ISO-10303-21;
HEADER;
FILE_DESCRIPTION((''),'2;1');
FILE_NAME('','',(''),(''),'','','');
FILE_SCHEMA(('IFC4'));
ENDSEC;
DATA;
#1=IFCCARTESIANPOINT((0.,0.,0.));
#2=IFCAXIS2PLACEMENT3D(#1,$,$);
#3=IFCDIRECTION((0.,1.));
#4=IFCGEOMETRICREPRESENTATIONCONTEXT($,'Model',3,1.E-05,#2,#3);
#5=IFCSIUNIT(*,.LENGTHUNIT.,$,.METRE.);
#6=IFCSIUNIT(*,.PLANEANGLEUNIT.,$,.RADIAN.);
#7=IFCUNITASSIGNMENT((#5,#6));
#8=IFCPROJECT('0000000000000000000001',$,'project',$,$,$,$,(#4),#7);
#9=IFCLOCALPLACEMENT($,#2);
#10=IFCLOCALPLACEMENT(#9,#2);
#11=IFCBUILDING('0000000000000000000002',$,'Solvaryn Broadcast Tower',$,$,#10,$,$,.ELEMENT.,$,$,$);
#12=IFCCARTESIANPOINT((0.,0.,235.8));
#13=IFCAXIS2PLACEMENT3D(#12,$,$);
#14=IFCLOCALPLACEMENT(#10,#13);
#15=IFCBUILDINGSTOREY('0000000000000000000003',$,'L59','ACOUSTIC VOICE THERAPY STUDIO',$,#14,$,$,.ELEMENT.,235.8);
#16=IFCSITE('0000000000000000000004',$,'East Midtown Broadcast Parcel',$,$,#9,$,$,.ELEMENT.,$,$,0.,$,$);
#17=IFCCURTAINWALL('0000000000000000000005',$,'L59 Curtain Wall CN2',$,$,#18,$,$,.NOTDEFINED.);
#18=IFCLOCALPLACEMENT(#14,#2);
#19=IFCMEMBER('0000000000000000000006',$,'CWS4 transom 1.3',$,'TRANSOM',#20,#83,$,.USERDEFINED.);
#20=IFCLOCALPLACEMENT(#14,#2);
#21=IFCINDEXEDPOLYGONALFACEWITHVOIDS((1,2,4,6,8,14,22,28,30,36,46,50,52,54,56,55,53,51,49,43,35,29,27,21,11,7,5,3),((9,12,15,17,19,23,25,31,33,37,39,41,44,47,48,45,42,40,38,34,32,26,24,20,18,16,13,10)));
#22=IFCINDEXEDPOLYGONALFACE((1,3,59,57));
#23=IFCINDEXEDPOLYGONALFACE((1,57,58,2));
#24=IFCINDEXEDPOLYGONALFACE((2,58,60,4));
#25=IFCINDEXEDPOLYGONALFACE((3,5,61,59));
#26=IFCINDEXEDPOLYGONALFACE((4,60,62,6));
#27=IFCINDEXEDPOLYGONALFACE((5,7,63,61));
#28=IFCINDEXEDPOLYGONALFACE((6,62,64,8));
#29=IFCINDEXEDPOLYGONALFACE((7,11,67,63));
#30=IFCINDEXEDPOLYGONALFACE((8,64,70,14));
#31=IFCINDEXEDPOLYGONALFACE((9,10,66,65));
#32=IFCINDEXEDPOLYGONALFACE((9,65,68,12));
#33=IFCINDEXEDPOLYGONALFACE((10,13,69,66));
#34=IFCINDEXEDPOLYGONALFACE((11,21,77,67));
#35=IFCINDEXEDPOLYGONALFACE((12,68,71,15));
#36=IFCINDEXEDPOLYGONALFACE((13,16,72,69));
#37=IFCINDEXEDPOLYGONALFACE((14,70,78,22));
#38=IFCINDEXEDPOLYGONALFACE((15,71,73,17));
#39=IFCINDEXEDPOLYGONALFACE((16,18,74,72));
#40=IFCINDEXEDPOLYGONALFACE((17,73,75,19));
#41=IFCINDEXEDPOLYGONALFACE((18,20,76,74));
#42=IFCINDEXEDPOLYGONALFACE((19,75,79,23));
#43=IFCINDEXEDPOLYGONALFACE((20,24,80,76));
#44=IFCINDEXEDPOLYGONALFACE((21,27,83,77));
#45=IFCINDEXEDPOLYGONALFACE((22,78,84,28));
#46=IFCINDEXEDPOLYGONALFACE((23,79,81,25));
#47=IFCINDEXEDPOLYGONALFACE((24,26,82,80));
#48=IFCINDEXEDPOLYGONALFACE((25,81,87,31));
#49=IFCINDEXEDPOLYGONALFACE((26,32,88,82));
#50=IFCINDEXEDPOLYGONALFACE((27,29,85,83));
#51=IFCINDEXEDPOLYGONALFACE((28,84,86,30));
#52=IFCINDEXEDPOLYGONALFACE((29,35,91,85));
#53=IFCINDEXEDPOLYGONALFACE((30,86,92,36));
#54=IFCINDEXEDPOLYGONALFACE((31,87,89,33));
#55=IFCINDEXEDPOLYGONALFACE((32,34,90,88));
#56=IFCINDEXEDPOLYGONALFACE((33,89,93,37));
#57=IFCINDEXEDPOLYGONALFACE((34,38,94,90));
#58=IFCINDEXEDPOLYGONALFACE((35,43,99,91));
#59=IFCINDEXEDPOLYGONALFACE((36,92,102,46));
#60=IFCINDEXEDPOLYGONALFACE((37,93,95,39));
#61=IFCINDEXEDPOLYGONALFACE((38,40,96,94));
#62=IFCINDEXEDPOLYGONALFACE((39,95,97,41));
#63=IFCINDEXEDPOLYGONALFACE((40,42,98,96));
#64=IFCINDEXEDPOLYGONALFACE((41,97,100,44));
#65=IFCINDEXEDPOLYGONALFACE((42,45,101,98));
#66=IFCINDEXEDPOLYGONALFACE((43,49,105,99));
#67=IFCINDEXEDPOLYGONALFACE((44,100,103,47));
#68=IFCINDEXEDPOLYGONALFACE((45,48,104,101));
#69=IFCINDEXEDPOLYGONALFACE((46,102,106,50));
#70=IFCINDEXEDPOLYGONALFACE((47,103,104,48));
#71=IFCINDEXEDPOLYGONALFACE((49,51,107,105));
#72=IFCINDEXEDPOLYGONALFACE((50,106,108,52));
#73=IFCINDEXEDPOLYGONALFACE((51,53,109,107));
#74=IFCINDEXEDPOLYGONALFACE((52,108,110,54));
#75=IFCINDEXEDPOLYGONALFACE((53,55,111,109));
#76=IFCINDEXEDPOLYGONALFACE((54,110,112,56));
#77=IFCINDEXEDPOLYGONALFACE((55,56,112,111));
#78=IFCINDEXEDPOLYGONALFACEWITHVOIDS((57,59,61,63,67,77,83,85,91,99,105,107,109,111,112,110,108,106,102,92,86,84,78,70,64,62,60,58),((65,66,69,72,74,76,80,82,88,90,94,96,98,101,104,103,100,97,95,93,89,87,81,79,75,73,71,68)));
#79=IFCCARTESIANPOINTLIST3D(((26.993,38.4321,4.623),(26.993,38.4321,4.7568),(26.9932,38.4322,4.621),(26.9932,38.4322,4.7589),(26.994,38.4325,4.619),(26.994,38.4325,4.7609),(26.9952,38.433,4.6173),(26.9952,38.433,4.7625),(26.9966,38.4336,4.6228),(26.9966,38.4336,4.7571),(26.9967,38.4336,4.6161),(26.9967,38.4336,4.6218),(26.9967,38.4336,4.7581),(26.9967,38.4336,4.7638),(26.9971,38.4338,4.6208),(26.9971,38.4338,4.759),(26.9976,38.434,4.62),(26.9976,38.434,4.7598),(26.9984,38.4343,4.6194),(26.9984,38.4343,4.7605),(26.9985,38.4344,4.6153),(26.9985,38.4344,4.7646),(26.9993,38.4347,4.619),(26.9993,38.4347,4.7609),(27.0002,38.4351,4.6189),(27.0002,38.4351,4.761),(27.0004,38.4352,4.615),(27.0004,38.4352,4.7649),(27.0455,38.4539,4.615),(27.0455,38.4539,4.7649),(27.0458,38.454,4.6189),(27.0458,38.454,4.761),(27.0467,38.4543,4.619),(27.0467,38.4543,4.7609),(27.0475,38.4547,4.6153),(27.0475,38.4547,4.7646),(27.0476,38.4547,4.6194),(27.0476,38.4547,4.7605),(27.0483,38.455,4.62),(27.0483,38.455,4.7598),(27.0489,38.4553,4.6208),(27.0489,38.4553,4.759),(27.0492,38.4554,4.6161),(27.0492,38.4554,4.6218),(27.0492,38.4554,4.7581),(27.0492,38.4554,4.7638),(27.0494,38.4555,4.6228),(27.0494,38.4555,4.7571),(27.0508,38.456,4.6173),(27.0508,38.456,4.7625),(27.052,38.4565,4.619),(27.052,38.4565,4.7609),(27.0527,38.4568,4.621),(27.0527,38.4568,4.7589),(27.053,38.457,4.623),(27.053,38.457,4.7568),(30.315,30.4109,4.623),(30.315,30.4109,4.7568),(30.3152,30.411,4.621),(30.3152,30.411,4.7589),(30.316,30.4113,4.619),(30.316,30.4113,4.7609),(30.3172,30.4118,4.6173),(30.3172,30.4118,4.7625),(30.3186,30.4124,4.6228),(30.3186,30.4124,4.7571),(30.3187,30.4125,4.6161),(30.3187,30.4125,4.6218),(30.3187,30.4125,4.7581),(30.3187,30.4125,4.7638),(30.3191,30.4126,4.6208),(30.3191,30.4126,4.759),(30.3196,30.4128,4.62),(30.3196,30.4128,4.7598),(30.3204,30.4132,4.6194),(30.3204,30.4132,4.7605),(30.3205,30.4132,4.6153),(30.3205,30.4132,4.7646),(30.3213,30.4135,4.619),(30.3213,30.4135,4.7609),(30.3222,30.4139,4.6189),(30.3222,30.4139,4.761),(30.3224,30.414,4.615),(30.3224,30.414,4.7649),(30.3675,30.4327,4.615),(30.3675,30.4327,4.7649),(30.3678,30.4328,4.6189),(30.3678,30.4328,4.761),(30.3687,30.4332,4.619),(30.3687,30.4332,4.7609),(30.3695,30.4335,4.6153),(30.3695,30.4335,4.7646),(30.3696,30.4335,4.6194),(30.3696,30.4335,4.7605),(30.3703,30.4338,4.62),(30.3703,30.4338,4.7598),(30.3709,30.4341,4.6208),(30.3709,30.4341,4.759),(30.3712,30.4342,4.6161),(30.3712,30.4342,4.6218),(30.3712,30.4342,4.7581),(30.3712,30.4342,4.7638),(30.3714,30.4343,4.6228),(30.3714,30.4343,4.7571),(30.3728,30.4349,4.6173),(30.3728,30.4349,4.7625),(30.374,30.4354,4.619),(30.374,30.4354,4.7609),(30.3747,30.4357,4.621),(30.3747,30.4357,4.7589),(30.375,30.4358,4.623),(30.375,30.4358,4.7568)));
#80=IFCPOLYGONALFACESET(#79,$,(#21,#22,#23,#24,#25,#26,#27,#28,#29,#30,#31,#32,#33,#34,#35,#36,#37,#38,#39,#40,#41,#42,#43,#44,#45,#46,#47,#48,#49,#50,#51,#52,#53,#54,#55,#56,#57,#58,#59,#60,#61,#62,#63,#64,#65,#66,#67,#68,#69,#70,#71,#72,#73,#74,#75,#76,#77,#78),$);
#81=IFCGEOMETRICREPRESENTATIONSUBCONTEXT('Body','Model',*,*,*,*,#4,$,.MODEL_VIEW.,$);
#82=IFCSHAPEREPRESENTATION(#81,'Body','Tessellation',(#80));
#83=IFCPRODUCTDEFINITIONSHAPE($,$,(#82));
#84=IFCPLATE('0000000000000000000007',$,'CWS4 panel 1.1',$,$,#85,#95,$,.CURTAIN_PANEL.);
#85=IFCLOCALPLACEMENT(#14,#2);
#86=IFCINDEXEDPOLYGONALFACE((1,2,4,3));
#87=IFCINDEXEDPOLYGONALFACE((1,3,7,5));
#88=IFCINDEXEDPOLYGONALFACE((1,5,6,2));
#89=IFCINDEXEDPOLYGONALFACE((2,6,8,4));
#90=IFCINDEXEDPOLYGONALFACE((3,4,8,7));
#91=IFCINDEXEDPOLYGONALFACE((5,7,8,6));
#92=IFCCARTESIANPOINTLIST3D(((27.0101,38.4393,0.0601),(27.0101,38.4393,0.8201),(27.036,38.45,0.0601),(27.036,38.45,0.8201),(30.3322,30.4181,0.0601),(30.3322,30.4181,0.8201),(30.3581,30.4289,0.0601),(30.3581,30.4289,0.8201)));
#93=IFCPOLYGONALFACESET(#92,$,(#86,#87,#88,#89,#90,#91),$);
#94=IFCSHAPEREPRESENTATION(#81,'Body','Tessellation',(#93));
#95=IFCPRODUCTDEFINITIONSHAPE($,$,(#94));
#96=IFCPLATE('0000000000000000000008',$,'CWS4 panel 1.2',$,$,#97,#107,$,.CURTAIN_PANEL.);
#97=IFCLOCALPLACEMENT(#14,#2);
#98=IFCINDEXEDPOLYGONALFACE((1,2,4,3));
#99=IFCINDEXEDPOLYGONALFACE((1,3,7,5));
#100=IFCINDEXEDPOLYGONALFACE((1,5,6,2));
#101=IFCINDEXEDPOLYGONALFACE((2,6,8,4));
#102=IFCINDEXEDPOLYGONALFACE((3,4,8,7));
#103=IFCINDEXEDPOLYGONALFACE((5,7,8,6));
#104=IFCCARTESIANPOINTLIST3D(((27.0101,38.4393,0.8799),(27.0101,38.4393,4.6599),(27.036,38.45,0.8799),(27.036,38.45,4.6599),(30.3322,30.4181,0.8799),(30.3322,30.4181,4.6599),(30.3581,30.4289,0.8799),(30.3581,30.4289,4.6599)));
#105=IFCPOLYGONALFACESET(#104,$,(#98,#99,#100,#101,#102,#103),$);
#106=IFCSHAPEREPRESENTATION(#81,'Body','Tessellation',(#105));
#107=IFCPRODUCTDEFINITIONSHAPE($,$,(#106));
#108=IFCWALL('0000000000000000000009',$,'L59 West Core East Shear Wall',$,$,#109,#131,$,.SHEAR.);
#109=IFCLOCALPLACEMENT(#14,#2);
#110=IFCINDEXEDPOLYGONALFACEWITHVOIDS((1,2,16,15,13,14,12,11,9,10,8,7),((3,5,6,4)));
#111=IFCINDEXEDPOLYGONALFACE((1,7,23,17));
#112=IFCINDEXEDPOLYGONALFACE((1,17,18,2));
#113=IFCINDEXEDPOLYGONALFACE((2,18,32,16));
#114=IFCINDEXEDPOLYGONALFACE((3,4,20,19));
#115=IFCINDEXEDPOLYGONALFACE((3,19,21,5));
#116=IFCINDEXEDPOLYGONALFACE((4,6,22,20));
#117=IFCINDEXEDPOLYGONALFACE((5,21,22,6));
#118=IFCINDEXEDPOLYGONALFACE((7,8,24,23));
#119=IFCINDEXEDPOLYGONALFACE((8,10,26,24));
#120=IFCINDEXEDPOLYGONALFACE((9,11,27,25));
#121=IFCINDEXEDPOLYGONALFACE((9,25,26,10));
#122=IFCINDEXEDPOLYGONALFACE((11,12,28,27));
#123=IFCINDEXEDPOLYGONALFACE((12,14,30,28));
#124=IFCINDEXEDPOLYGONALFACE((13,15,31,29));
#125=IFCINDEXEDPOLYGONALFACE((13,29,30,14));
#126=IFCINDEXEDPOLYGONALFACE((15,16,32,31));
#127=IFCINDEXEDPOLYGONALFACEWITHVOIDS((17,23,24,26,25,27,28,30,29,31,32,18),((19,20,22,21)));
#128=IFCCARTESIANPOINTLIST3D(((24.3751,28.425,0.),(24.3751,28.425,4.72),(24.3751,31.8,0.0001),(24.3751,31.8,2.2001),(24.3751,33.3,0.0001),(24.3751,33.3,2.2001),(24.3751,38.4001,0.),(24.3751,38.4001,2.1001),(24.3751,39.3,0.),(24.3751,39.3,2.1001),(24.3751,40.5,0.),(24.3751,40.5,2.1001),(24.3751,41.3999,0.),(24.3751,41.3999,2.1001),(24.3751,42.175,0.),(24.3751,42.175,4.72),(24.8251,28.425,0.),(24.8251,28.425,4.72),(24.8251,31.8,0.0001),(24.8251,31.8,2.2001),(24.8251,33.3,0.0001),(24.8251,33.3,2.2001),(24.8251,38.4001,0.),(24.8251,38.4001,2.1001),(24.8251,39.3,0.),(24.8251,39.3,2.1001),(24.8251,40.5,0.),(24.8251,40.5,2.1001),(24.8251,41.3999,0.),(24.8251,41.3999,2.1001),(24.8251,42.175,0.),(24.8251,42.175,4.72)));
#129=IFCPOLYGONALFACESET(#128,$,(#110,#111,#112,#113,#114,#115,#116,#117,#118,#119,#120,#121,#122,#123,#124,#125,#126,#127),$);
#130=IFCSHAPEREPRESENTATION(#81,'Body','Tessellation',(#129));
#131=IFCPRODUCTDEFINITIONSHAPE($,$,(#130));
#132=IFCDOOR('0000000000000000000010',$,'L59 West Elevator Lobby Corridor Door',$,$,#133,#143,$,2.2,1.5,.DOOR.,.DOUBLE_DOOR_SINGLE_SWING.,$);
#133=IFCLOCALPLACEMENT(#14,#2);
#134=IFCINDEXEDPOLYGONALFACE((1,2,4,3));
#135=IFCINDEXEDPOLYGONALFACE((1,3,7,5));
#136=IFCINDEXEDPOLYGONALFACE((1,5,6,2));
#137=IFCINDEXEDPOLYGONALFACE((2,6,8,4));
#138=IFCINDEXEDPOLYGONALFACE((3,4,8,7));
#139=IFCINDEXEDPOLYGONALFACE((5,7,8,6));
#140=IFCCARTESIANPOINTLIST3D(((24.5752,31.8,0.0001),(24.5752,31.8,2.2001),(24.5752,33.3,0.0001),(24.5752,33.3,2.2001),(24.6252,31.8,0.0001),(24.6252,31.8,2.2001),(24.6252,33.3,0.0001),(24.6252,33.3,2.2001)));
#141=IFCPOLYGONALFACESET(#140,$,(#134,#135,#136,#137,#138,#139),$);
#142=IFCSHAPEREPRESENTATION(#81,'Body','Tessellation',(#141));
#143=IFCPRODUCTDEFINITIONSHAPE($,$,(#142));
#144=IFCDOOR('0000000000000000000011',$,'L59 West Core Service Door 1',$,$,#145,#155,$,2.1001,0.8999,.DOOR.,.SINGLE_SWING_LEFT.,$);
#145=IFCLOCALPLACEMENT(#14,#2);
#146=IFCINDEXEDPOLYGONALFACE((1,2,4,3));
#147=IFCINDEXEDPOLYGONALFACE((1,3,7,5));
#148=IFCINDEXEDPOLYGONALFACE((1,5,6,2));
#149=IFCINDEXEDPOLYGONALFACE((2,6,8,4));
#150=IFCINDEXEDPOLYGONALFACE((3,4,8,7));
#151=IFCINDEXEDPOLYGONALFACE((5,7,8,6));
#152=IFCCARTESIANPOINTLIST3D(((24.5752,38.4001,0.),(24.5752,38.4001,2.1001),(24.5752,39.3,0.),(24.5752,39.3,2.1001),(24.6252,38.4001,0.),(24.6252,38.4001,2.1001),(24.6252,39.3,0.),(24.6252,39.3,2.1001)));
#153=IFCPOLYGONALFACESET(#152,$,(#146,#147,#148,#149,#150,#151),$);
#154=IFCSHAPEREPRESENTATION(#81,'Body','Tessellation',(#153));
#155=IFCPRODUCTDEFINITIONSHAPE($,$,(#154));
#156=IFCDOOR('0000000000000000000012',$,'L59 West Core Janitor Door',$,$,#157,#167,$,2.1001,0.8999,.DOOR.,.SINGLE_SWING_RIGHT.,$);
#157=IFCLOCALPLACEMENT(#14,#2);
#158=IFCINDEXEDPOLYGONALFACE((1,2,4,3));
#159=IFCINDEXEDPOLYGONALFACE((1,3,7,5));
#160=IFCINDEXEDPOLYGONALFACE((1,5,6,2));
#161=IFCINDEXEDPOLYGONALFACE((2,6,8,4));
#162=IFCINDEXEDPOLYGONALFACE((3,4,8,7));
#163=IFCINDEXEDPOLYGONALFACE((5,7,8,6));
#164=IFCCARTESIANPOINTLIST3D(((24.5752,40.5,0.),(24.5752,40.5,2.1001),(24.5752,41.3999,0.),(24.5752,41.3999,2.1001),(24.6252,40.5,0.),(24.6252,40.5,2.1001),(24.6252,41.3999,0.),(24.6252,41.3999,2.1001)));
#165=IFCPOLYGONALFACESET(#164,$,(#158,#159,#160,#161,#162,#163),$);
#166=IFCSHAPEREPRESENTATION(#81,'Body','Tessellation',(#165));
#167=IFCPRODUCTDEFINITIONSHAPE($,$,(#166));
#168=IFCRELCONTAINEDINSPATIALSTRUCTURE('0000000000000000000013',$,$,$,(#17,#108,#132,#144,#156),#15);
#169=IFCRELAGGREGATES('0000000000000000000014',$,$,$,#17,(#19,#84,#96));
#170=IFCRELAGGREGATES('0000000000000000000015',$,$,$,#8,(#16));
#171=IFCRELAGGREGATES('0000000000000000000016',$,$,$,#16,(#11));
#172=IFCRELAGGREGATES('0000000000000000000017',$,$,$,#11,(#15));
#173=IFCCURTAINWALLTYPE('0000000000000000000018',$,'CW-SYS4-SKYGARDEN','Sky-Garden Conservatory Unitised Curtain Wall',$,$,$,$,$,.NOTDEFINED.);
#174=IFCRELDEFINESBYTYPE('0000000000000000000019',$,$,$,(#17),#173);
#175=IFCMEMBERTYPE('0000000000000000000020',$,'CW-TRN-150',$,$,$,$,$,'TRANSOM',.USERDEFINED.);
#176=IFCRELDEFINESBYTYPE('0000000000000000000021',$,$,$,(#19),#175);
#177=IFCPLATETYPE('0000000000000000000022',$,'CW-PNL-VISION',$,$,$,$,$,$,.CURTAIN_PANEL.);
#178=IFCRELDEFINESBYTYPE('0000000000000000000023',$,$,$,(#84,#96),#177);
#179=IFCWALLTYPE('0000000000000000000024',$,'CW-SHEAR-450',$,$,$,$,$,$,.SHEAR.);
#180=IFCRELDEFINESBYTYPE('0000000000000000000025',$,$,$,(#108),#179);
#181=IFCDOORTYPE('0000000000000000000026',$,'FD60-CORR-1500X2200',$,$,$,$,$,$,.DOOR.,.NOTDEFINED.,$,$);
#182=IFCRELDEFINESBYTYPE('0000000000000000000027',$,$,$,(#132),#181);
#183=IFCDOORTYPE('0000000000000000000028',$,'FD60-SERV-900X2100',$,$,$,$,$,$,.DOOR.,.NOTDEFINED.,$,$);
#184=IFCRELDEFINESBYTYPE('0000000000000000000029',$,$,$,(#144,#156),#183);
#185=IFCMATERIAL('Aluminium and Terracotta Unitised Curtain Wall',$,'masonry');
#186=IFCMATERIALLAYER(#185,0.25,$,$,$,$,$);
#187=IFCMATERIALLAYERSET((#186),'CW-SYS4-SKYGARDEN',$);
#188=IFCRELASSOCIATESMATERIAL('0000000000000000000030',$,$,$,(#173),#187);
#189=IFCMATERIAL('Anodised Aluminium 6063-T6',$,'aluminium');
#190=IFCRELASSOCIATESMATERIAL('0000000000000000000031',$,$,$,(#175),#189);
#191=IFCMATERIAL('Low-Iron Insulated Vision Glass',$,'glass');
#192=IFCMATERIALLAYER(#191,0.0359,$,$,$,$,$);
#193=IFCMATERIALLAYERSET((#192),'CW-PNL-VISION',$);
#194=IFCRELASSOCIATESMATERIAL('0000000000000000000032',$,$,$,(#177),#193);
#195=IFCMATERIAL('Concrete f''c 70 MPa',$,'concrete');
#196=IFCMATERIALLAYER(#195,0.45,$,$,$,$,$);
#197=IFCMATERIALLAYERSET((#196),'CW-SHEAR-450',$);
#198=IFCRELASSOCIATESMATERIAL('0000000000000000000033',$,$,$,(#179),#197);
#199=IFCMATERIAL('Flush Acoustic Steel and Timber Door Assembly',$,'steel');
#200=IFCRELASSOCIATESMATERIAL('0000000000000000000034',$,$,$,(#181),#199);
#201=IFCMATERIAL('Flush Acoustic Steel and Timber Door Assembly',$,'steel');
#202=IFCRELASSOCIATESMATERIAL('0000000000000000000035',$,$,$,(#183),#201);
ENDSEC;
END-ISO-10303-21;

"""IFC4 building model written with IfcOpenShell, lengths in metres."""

from ifc_helpers import new_model, si_unit, direction, frame, frame_2d, origin, origin_2d, place, context, subcontext, project, spatial, rectangle, hollow_rectangle, extrude, material, layer, layer_set, material_profile, profile_set, type_object, element, fill, aggregate, save


model = new_model("IFC4")

# Units and contexts
model_context = context("Model", 3, precision=1e-05, world=origin(), true_north=direction((0.0, 1.0)))
body_context = subcontext(model_context, "Body", "Model", "MODEL_VIEW")
ifc_project = project(units=[si_unit("LENGTHUNIT", "METRE"), si_unit("PLANEANGLEUNIT", "RADIAN")], contexts=[model_context])

# Site, building, storey
site_placement = place(None, origin())
site = spatial("IfcSite", under=ifc_project, at=site_placement, Name="East Midtown Broadcast Parcel", CompositionType="ELEMENT", RefElevation=0.0)
building_placement = place(site_placement, origin())
building = spatial("IfcBuilding", under=site, at=building_placement, Name="Solvaryn Broadcast Tower", CompositionType="ELEMENT")
storey_placement = place(building_placement, frame((0.0, 0.0, 235.8)))
storey = spatial("IfcBuildingStorey", under=building, at=storey_placement, Name="L59", Description="ACOUSTIC VOICE THERAPY STUDIO", CompositionType="ELEMENT", Elevation=235.8)

# Shared definitions
ifc_material_1 = material(Name="Aluminium and Terracotta Unitised Curtain Wall", Category="masonry")
ifc_layer_1 = layer(ifc_material_1, 0.25)
ifc_layer_set_1 = layer_set([ifc_layer_1], Name="CW-SYS4-SKYGARDEN")
curtain_wall_type = type_object("IfcCurtainWallType", Name="CW-SYS4-SKYGARDEN", Description="Sky-Garden Conservatory Unitised Curtain Wall", PredefinedType="NOTDEFINED", material=ifc_layer_set_1)

# Curtain wall, member, plates
curtain_wall_1_placement = place(storey_placement, origin())
curtain_wall_1 = element("IfcCurtainWall", 1, at=curtain_wall_1_placement, inside=storey, type_object=curtain_wall_type, Name="L59 Curtain Wall CN2", PredefinedType="NOTDEFINED")
ifc_material_2 = material(Name="Anodised Aluminium 6063-T6", Category="aluminium")
ifc_material_profile_1 = material_profile(ifc_material_2, hollow_rectangle(XDim=0.0649, YDim=0.1499, WallThickness=0.0039, InnerFilletRadius=0.0039, OuterFilletRadius=0.0081, at=origin_2d()))
ifc_profile_set_1 = profile_set([ifc_material_profile_1], Name="Anodised Aluminium 6063-T6")
member_type_1 = type_object("IfcMemberType", Name="CW-TRN-150", ElementType="TRANSOM", PredefinedType="USERDEFINED", material=ifc_profile_set_1)
member_1_placement = place(storey_placement, frame((30.345, 30.4233, 4.6899), z_axis=(-0.382636, 0.923899, 0.0), x_axis=(-0.923899, -0.382636, 0.0)))
member_1 = element("IfcMember", 2, at=member_1_placement, type_object=member_type_1, Name="CWS4 transom 1.3", ObjectType="TRANSOM", PredefinedType="USERDEFINED", context=body_context, shape_type="SweptSolid", body=[
    extrude(hollow_rectangle(XDim=0.0649, YDim=0.1499, WallThickness=0.0039, InnerFilletRadius=0.0039, OuterFilletRadius=0.0081, at=origin_2d()), origin(), (0.0, 0.0, 1.0), 8.6819),
])
ifc_material_3 = material(Name="Low-Iron Insulated Vision Glass", Category="glass")
ifc_layer_2 = layer(ifc_material_3, 0.0359)
ifc_layer_set_2 = layer_set([ifc_layer_2], Name="CW-PNL-VISION")
plate_type = type_object("IfcPlateType", Name="CW-PNL-VISION", PredefinedType="CURTAIN_PANEL", material=ifc_layer_set_2)
plate_1_placement = place(storey_placement, frame((28.6841, 34.4341, 0.0601), z_axis=(0.0, 0.0, 1.0), x_axis=(-0.382646, 0.923895, 0.0)))
plate_1 = element("IfcPlate", 3, at=plate_1_placement, type_object=plate_type, Name="CWS4 panel 1.1", PredefinedType="CURTAIN_PANEL", context=body_context, shape_type="SweptSolid", body=[
    extrude(rectangle(XDim=8.6819, YDim=0.0281, at=origin_2d()), origin(), (0.0, 0.0, 1.0), 0.76),
])
plate_2_placement = place(storey_placement, frame((28.6841, 34.4341, 0.8799), z_axis=(0.0, 0.0, 1.0), x_axis=(-0.382646, 0.923895, 0.0)))
plate_2 = element("IfcPlate", 4, at=plate_2_placement, type_object=plate_type, Name="CWS4 panel 1.2", PredefinedType="CURTAIN_PANEL", context=body_context, shape_type="SweptSolid", body=[
    extrude(rectangle(XDim=8.6819, YDim=0.0281, at=origin_2d()), origin(), (0.0, 0.0, 1.0), 3.78),
])
aggregate(curtain_wall_1, [member_1, plate_1, plate_2])

# Wall, openings, doors
ifc_material_4 = material(Name="Concrete f'c 70 MPa", Category="concrete")
ifc_layer_3 = layer(ifc_material_4, 0.45)
ifc_layer_set_3 = layer_set([ifc_layer_3], Name="CW-SHEAR-450")
wall_type_1 = type_object("IfcWallType", Name="CW-SHEAR-450", PredefinedType="SHEAR", material=ifc_layer_set_3)
wall_1_placement = place(storey_placement, frame((24.6001, 28.425, 0.0), z_axis=(0.0, 0.0, 1.0), x_axis=(0.0, 1.0, 0.0)))
wall_1 = element("IfcWall", 5, at=wall_1_placement, inside=storey, type_object=wall_type_1, Name="L59 West Core East Shear Wall", PredefinedType="SHEAR", context=body_context, shape_type="SweptSolid", body=[
    extrude(rectangle(XDim=13.75, YDim=0.45, at=frame_2d((6.875, 0.0))), origin(), (0.0, 0.0, 1.0), 4.72),
])
opening_1_placement = place(wall_1_placement, frame((3.375, 0.0, 0.0)))
opening_1 = element("IfcOpeningElement", 6, at=opening_1_placement, cuts=wall_1, PredefinedType="OPENING", context=body_context, shape_type="SweptSolid", body=[
    extrude(rectangle(XDim=1.5, YDim=2.2, at=frame_2d((0.75, 1.1001))), frame((0.0, 0.2351, 0.0), z_axis=(0.0, -1.0, 0.0), x_axis=(1.0, 0.0, 0.0)), (0.0, 0.0, 1.0), 0.47),
])
opening_2_placement = place(wall_1_placement, frame((9.9751, 0.0, 0.0)))
opening_2 = element("IfcOpeningElement", 7, at=opening_2_placement, cuts=wall_1, PredefinedType="OPENING", context=body_context, shape_type="SweptSolid", body=[
    extrude(rectangle(XDim=0.8999, YDim=2.1001, at=frame_2d((0.45, 1.05))), frame((0.0, 0.2351, 0.0), z_axis=(0.0, -1.0, 0.0), x_axis=(1.0, 0.0, 0.0)), (0.0, 0.0, 1.0), 0.47),
])
opening_3_placement = place(wall_1_placement, frame((12.075, 0.0, 0.0)))
opening_3 = element("IfcOpeningElement", 8, at=opening_3_placement, cuts=wall_1, PredefinedType="OPENING", context=body_context, shape_type="SweptSolid", body=[
    extrude(rectangle(XDim=0.8999, YDim=2.1001, at=frame_2d((0.45, 1.05))), frame((0.0, 0.2351, 0.0), z_axis=(0.0, -1.0, 0.0), x_axis=(1.0, 0.0, 0.0)), (0.0, 0.0, 1.0), 0.47),
])
ifc_material_5 = material(Name="Flush Acoustic Steel and Timber Door Assembly", Category="steel")
door_type_1 = type_object("IfcDoorType", Name="FD60-CORR-1500X2200", OperationType="NOTDEFINED", PredefinedType="DOOR", material=ifc_material_5)
door_1_placement = place(opening_1_placement, origin())
door_1 = element("IfcDoor", 9, at=door_1_placement, inside=storey, type_object=door_type_1, Name="L59 West Elevator Lobby Corridor Door", OperationType="DOUBLE_DOOR_SINGLE_SWING", OverallHeight=2.2, OverallWidth=1.5, PredefinedType="DOOR", context=body_context, shape_type="SweptSolid", body=[
    extrude(rectangle(XDim=1.5, YDim=2.2, at=frame_2d((0.75, 1.1001))), frame((0.0, 0.0249, 0.0), z_axis=(0.0, -1.0, 0.0), x_axis=(1.0, 0.0, 0.0)), (0.0, 0.0, 1.0), 0.05),
])
fill(opening_1, door_1)
ifc_material_6 = material(Name="Flush Acoustic Steel and Timber Door Assembly", Category="steel")
door_type_2 = type_object("IfcDoorType", Name="FD60-SERV-900X2100", OperationType="NOTDEFINED", PredefinedType="DOOR", material=ifc_material_6)
door_2_placement = place(opening_2_placement, origin())
door_2 = element("IfcDoor", 10, at=door_2_placement, inside=storey, type_object=door_type_2, Name="L59 West Core Service Door 1", OperationType="SINGLE_SWING_LEFT", OverallHeight=2.1001, OverallWidth=0.8999, PredefinedType="DOOR", context=body_context, shape_type="SweptSolid", body=[
    extrude(rectangle(XDim=0.8999, YDim=2.1001, at=frame_2d((0.45, 1.05))), frame((0.0, 0.0249, 0.0), z_axis=(0.0, -1.0, 0.0), x_axis=(1.0, 0.0, 0.0)), (0.0, 0.0, 1.0), 0.05),
])
fill(opening_2, door_2)
door_3_placement = place(opening_3_placement, origin())
door_3 = element("IfcDoor", 11, at=door_3_placement, inside=storey, type_object=door_type_2, Name="L59 West Core Janitor Door", OperationType="SINGLE_SWING_RIGHT", OverallHeight=2.1001, OverallWidth=0.8999, PredefinedType="DOOR", context=body_context, shape_type="SweptSolid", body=[
    extrude(rectangle(XDim=0.8999, YDim=2.1001, at=frame_2d((0.45, 1.05))), frame((0.0, 0.0249, 0.0), z_axis=(0.0, -1.0, 0.0), x_axis=(1.0, 0.0, 0.0)), (0.0, 0.0, 1.0), 0.05),
])
fill(opening_3, door_3)

save(model, "model.ifc")
